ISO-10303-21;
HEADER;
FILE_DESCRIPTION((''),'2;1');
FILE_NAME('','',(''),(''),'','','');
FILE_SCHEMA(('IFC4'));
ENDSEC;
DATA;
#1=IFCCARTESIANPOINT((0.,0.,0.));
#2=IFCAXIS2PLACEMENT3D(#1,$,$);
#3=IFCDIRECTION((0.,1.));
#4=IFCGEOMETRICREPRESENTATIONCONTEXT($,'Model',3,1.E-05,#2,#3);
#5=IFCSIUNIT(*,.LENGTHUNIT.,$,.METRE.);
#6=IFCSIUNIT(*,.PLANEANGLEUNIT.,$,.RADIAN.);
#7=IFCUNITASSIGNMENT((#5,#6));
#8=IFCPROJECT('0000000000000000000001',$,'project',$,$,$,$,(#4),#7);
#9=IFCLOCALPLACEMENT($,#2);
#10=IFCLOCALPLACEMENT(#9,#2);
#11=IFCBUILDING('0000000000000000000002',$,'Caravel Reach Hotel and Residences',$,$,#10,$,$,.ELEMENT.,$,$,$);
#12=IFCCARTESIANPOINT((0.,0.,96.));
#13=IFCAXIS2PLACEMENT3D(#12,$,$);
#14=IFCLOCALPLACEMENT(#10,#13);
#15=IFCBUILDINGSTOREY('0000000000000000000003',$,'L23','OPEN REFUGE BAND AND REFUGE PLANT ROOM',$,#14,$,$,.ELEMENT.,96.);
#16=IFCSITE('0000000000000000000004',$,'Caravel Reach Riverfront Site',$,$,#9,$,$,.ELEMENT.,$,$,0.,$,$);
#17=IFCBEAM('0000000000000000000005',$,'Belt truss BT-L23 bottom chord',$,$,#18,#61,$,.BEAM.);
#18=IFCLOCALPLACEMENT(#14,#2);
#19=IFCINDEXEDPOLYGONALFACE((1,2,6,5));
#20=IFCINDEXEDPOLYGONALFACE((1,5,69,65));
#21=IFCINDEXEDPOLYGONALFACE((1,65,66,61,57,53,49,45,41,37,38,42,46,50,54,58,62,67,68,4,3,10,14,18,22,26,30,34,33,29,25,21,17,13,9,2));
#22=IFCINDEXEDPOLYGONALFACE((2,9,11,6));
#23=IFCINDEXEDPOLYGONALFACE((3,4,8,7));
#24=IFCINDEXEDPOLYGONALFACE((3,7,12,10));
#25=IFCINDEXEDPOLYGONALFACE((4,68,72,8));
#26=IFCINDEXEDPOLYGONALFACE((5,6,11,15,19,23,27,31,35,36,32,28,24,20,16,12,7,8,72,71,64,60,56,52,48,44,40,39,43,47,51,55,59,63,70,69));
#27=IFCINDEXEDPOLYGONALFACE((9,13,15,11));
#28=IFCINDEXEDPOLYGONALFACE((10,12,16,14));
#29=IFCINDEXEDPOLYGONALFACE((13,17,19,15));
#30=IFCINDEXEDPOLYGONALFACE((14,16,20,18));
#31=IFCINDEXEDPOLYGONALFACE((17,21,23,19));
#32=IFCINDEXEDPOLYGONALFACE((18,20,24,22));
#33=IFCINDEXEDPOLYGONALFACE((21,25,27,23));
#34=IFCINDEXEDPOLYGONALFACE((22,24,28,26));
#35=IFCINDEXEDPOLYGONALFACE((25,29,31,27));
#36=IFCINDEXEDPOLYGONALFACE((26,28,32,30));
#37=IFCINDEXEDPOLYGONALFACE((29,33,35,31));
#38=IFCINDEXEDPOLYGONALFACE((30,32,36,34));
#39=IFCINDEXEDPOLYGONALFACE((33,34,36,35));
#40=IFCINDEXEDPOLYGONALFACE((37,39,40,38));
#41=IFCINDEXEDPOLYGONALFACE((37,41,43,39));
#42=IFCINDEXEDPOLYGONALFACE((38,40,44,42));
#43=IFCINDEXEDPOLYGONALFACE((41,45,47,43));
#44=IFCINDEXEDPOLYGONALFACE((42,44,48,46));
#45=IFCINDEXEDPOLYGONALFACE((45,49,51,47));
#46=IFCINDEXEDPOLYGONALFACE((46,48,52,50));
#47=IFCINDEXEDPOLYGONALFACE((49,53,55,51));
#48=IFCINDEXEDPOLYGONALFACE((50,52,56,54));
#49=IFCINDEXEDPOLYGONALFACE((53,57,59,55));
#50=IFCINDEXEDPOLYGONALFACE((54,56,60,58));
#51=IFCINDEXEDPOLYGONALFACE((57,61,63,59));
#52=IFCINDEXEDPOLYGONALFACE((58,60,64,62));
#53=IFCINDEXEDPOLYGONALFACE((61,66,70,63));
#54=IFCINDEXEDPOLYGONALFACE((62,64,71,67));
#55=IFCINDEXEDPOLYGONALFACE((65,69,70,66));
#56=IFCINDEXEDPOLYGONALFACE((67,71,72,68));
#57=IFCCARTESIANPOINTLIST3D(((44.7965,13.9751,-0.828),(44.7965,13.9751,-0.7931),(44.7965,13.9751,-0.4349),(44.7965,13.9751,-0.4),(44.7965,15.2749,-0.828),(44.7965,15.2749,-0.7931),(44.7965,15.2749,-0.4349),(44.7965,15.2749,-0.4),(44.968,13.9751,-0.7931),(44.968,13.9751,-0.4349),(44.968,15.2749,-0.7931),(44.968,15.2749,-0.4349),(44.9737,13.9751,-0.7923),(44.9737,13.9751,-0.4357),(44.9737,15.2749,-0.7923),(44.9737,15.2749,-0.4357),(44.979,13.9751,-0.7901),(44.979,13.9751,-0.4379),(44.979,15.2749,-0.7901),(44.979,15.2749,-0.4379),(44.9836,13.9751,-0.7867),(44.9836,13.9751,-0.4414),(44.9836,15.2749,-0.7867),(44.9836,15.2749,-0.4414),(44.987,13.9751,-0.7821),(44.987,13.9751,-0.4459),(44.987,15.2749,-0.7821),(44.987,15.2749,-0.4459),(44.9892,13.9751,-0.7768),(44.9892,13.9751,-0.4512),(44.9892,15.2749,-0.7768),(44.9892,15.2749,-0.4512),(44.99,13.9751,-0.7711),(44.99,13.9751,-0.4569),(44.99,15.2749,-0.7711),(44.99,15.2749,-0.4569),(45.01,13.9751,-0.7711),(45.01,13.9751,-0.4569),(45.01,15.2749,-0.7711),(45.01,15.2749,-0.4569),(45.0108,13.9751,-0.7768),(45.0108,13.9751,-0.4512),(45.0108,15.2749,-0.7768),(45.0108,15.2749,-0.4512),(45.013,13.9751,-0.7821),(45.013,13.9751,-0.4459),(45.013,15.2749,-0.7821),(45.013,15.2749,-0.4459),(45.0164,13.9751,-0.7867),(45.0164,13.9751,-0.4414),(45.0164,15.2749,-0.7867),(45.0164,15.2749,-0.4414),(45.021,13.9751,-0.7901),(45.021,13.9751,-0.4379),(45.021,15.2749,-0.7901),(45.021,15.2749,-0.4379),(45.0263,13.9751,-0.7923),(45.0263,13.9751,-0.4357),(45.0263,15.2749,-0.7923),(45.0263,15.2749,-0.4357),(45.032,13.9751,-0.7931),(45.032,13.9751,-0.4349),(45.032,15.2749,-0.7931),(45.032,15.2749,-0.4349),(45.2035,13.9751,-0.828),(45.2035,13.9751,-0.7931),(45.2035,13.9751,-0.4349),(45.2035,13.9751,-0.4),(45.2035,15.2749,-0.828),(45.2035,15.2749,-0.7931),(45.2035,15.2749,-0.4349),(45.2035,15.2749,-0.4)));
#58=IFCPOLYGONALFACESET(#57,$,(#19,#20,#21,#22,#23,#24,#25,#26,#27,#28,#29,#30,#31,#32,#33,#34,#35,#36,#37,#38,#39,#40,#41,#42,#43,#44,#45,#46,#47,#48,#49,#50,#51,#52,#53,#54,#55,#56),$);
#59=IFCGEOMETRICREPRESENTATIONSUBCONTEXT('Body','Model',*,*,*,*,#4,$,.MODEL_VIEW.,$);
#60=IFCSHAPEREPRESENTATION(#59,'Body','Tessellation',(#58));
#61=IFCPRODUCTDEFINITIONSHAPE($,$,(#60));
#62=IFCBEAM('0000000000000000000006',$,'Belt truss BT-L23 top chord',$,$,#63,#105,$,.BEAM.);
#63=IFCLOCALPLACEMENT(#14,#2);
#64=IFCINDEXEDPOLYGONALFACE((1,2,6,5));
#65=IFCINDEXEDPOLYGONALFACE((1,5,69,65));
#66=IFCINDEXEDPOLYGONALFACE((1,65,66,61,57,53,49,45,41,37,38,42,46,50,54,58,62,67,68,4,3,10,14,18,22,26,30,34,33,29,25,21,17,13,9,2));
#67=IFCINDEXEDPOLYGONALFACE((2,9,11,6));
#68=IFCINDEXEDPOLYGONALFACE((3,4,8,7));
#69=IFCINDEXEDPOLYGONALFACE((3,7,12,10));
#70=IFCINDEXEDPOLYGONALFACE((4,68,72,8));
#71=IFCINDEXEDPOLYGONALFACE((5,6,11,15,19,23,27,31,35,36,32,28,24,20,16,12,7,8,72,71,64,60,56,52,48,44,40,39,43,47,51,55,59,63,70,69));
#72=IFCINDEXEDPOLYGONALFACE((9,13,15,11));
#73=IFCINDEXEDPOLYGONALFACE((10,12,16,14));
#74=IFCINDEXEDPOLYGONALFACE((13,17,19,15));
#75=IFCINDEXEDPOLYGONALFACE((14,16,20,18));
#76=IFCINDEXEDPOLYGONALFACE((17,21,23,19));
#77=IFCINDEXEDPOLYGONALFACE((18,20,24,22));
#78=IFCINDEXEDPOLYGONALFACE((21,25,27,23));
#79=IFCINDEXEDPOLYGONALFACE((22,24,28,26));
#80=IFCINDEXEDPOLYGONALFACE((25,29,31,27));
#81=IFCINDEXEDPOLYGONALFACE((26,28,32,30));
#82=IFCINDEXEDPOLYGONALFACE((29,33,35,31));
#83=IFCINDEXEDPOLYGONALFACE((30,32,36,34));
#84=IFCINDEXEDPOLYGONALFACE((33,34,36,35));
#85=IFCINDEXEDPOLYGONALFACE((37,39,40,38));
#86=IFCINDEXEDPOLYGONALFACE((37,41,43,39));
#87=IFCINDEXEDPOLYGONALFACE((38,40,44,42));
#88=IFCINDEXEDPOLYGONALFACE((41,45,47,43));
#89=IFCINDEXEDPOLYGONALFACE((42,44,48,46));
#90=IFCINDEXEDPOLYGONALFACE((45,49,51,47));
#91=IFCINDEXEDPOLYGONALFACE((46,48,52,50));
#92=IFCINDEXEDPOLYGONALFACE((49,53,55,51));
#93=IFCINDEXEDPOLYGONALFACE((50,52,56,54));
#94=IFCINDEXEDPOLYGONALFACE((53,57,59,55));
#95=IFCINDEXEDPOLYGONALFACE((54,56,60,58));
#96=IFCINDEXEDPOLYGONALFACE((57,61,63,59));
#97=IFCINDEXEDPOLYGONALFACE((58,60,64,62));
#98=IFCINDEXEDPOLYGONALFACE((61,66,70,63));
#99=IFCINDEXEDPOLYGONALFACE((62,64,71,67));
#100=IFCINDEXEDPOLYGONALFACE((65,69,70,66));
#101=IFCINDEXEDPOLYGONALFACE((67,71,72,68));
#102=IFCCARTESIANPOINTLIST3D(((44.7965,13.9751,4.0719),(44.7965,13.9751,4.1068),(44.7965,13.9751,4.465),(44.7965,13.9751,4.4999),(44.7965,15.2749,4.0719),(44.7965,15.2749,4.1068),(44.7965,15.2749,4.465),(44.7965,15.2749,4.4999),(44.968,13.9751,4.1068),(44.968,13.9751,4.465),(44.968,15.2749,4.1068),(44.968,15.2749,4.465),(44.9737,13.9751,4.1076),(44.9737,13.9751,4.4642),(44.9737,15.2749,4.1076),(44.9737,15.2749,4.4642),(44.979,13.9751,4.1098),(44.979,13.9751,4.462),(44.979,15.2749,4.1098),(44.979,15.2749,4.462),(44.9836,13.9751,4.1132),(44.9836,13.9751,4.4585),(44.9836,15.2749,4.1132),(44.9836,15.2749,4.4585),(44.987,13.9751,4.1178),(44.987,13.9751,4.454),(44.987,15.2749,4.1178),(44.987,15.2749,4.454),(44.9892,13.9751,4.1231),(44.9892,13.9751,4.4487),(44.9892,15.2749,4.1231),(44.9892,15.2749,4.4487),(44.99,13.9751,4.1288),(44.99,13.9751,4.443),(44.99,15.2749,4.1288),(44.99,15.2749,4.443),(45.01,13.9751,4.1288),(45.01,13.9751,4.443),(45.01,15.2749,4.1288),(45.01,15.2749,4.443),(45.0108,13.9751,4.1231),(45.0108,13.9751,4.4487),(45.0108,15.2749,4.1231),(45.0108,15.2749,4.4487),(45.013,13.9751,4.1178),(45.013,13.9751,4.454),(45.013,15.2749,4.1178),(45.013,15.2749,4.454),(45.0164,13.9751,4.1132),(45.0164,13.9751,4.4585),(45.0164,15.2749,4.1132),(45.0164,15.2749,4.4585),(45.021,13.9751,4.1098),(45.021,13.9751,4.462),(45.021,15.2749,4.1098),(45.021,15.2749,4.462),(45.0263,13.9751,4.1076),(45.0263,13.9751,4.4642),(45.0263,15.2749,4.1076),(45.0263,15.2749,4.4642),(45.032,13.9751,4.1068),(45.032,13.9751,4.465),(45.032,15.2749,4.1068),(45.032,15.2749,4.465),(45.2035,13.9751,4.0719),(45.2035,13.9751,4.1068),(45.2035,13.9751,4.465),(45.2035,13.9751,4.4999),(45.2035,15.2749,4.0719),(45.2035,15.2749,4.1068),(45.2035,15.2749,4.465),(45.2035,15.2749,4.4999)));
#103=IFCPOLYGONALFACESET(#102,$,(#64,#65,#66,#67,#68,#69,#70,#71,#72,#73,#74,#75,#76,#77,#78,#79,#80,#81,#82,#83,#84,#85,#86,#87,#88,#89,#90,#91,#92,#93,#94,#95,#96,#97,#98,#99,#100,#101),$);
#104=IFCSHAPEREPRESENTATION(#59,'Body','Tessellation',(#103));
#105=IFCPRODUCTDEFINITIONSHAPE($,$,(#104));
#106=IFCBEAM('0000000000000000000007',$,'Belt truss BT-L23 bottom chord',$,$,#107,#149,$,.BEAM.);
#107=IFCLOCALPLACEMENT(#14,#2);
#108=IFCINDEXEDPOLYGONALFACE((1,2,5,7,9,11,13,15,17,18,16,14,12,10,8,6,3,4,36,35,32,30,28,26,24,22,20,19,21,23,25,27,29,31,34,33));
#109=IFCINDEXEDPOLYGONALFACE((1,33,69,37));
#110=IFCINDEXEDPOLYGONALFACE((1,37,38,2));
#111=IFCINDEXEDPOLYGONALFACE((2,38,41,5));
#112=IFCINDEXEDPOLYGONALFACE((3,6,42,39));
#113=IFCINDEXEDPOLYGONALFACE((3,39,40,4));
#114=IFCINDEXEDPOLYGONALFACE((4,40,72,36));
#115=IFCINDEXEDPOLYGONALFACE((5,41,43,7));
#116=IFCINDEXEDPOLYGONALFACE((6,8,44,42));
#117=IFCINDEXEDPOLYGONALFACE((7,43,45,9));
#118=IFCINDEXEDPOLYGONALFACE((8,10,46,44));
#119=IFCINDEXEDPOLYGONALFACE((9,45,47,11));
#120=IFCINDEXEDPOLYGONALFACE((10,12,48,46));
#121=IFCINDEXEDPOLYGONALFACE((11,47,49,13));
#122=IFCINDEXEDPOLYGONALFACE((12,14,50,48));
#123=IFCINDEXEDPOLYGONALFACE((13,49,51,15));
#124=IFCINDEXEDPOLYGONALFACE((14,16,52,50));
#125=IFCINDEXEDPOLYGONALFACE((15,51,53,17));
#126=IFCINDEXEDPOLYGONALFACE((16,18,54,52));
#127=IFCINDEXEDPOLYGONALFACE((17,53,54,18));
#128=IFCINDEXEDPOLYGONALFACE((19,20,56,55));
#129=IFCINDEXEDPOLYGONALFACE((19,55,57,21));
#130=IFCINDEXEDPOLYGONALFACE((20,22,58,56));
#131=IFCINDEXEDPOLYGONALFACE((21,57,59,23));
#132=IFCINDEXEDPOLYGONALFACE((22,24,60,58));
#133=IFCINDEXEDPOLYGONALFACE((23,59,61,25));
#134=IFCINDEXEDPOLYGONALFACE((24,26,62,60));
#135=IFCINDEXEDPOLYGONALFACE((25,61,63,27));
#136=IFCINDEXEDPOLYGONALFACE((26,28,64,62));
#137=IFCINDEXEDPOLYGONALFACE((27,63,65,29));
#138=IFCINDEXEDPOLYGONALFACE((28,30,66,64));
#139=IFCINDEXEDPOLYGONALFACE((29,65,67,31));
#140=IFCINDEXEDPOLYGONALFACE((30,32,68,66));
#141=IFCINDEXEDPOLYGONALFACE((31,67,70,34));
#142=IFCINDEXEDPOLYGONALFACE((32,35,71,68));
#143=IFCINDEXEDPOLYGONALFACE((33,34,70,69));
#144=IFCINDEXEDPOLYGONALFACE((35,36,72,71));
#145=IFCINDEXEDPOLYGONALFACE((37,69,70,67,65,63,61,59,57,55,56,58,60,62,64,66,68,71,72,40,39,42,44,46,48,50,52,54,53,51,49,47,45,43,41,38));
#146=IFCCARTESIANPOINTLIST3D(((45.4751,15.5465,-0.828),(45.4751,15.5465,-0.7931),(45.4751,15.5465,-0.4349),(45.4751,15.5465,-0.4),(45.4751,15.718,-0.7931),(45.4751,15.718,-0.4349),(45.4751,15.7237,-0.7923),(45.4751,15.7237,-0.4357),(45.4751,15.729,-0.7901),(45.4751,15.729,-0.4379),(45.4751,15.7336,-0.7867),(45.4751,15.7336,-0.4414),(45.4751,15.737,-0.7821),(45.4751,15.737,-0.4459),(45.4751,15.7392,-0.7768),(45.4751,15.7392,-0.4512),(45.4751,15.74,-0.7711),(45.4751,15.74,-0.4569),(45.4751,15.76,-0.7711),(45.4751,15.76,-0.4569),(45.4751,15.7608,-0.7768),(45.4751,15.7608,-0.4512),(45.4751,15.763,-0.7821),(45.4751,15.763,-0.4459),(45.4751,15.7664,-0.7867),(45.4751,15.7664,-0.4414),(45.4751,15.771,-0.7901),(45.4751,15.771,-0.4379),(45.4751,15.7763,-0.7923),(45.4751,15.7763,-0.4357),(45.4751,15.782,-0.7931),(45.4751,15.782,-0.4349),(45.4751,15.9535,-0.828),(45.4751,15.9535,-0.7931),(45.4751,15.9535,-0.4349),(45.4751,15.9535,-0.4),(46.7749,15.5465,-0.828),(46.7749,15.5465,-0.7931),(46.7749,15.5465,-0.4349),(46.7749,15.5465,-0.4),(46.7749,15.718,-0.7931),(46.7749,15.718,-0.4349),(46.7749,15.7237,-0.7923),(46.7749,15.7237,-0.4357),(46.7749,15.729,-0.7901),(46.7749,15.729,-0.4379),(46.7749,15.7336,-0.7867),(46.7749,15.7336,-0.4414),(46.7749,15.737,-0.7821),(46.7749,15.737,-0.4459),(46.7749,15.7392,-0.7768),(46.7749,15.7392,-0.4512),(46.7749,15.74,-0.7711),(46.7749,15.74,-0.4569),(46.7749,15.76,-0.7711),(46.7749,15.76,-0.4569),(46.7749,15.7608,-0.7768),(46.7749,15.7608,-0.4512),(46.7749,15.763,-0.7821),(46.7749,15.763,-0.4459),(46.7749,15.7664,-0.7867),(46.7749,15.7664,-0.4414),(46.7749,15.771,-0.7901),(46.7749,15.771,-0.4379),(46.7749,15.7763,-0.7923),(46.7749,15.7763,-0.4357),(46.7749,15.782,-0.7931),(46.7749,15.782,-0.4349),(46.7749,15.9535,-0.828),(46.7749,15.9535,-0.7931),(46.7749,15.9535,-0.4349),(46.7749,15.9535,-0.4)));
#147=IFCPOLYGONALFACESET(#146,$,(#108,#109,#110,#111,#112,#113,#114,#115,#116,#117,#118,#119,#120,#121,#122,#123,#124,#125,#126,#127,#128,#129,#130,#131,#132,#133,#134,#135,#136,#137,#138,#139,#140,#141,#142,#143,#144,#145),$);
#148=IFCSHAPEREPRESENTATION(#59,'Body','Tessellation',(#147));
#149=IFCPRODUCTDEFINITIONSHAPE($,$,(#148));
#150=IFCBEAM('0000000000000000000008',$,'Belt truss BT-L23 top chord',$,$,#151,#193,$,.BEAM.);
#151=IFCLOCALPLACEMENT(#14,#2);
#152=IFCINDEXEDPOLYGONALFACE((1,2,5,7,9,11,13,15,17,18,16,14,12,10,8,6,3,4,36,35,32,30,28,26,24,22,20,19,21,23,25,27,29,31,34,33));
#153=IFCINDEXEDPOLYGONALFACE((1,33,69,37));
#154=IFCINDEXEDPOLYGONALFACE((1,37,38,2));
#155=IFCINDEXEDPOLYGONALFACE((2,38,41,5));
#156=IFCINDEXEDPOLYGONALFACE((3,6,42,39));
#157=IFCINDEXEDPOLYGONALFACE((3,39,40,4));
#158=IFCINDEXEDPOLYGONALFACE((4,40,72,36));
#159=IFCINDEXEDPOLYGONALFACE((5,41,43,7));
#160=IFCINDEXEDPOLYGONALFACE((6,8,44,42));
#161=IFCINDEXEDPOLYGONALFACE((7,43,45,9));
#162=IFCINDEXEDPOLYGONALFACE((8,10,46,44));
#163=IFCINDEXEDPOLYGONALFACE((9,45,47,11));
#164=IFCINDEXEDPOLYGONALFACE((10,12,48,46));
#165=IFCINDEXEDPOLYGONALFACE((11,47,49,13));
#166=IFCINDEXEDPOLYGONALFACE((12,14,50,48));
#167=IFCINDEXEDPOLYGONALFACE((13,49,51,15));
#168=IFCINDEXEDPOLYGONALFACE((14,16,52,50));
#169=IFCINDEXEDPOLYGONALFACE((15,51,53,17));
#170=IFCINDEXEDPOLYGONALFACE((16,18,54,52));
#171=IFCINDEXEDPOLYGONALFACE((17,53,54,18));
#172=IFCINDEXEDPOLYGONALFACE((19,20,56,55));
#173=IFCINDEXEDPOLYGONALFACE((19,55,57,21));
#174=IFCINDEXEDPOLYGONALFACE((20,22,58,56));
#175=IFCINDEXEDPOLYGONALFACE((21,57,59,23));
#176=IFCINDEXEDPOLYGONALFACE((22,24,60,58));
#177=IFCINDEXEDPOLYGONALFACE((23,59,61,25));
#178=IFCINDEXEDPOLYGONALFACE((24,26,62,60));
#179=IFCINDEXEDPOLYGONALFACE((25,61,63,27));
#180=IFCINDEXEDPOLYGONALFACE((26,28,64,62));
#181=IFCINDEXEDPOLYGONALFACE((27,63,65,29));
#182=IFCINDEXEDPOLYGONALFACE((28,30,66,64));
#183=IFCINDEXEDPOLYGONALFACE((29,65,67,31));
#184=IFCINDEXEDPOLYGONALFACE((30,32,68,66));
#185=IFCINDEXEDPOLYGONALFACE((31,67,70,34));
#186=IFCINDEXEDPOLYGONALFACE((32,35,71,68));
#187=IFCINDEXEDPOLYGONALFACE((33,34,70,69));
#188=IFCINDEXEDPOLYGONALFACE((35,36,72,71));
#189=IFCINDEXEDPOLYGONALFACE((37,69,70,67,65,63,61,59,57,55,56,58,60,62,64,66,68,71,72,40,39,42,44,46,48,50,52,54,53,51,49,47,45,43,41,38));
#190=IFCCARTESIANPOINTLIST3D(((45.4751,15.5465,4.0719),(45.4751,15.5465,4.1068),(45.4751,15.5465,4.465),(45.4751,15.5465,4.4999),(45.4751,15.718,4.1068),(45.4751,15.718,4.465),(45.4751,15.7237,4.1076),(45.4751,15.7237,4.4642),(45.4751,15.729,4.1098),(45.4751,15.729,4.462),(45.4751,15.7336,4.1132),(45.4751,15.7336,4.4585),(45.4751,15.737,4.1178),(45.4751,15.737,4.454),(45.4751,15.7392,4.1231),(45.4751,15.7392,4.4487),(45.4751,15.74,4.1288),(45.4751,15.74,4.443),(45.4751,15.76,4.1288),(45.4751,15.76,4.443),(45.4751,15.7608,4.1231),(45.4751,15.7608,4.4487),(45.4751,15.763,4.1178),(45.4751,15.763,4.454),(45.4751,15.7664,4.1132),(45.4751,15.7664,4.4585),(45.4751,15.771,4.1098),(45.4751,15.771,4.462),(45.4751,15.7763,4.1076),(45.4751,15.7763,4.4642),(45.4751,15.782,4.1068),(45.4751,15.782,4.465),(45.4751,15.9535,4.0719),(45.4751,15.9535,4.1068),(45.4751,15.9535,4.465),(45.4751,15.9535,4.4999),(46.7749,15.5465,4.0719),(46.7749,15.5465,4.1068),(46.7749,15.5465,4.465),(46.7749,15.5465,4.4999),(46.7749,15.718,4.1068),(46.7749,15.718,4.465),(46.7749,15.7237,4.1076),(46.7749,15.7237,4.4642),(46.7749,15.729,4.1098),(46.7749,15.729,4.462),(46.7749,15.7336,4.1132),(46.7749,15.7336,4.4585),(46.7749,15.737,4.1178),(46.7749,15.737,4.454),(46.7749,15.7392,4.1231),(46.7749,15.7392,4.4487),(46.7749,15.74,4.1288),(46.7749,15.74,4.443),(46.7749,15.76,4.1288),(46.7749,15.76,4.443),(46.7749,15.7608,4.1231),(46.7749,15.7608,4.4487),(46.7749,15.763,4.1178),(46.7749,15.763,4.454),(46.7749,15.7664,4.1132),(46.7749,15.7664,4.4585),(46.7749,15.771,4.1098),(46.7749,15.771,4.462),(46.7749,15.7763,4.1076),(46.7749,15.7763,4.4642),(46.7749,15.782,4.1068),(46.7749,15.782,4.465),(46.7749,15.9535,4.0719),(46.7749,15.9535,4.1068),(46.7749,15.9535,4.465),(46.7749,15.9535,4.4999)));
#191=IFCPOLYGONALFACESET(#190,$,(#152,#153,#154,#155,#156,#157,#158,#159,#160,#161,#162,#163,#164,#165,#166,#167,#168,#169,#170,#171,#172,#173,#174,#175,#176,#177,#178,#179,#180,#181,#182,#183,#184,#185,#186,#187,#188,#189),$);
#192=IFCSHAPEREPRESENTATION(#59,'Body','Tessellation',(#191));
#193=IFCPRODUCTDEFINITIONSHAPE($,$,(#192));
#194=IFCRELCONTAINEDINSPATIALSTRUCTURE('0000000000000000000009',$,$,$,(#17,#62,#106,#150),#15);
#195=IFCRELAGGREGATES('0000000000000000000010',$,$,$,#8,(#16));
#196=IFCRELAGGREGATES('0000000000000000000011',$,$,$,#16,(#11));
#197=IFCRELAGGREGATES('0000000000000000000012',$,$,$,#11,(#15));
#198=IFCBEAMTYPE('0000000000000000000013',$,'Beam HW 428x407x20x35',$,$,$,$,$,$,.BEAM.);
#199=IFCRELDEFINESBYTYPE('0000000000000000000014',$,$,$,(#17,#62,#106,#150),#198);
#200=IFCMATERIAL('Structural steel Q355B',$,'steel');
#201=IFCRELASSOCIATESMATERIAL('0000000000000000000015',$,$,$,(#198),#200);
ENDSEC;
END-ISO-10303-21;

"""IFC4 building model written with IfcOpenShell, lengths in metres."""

from ifc_helpers import new_model, si_unit, direction, frame, origin, origin_2d, place, context, subcontext, project, spatial, i_section, extrude, material, material_profile, profile_set, type_object, element, save


model = new_model("IFC4")

# Units and contexts
model_context = context("Model", 3, precision=1e-05, world=origin(), true_north=direction((0.0, 1.0)))
body_context = subcontext(model_context, "Body", "Model", "MODEL_VIEW")
ifc_project = project(units=[si_unit("LENGTHUNIT", "METRE"), si_unit("PLANEANGLEUNIT", "RADIAN")], contexts=[model_context])

# Site, building, storey
site_placement = place(None, origin())
site = spatial("IfcSite", under=ifc_project, at=site_placement, Name="Caravel Reach Riverfront Site", CompositionType="ELEMENT", RefElevation=0.0)
building_placement = place(site_placement, origin())
building = spatial("IfcBuilding", under=site, at=building_placement, Name="Caravel Reach Hotel and Residences", CompositionType="ELEMENT")
storey_placement = place(building_placement, frame((0.0, 0.0, 96.0)))
storey = spatial("IfcBuildingStorey", under=building, at=storey_placement, Name="L23", Description="OPEN REFUGE BAND AND REFUGE PLANT ROOM", CompositionType="ELEMENT", Elevation=96.0)

# Beams
ifc_material_1 = material(Name="Structural steel Q355B", Category="steel")
ifc_material_profile_1 = material_profile(ifc_material_1, i_section(OverallWidth=0.407, OverallDepth=0.428, WebThickness=0.02, FlangeThickness=0.0349, FilletRadius=0.022, at=origin_2d()), Name="HW 428x407x20x35")
ifc_profile_set_1 = profile_set([ifc_material_profile_1], Name="Structural steel Q355B")
beam_type_1 = type_object("IfcBeamType", Name="Beam HW 428x407x20x35", PredefinedType="BEAM", material=ifc_profile_set_1)
for number, where, z_axis, x_axis, name in (
    (1, (45.0, 13.9751, -0.614), (0.0, 1.0, 0.0), (-1.0, 0.0, 0.0), "Belt truss BT-L23 bottom chord"),
    (2, (45.0, 13.9751, 4.2859), (0.0, 1.0, 0.0), (-1.0, 0.0, 0.0), "Belt truss BT-L23 top chord"),
    (3, (45.4751, 15.75, -0.614), (1.0, 0.0, 0.0), (0.0, 1.0, 0.0), "Belt truss BT-L23 bottom chord"),
    (4, (45.4751, 15.75, 4.2859), (1.0, 0.0, 0.0), (0.0, 1.0, 0.0), "Belt truss BT-L23 top chord"),
):
    element("IfcBeam", number, at=place(storey_placement, frame(where, z_axis=z_axis, x_axis=x_axis)), inside=storey, type_object=beam_type_1, Name=name, PredefinedType="BEAM", context=body_context, shape_type="SweptSolid", body=[
        extrude(i_section(OverallWidth=0.407, OverallDepth=0.428, WebThickness=0.02, FlangeThickness=0.0349, FilletRadius=0.022, at=origin_2d()), origin(), (0.0, 0.0, 1.0), 1.2998),
    ])

save(model, "model.ifc")
